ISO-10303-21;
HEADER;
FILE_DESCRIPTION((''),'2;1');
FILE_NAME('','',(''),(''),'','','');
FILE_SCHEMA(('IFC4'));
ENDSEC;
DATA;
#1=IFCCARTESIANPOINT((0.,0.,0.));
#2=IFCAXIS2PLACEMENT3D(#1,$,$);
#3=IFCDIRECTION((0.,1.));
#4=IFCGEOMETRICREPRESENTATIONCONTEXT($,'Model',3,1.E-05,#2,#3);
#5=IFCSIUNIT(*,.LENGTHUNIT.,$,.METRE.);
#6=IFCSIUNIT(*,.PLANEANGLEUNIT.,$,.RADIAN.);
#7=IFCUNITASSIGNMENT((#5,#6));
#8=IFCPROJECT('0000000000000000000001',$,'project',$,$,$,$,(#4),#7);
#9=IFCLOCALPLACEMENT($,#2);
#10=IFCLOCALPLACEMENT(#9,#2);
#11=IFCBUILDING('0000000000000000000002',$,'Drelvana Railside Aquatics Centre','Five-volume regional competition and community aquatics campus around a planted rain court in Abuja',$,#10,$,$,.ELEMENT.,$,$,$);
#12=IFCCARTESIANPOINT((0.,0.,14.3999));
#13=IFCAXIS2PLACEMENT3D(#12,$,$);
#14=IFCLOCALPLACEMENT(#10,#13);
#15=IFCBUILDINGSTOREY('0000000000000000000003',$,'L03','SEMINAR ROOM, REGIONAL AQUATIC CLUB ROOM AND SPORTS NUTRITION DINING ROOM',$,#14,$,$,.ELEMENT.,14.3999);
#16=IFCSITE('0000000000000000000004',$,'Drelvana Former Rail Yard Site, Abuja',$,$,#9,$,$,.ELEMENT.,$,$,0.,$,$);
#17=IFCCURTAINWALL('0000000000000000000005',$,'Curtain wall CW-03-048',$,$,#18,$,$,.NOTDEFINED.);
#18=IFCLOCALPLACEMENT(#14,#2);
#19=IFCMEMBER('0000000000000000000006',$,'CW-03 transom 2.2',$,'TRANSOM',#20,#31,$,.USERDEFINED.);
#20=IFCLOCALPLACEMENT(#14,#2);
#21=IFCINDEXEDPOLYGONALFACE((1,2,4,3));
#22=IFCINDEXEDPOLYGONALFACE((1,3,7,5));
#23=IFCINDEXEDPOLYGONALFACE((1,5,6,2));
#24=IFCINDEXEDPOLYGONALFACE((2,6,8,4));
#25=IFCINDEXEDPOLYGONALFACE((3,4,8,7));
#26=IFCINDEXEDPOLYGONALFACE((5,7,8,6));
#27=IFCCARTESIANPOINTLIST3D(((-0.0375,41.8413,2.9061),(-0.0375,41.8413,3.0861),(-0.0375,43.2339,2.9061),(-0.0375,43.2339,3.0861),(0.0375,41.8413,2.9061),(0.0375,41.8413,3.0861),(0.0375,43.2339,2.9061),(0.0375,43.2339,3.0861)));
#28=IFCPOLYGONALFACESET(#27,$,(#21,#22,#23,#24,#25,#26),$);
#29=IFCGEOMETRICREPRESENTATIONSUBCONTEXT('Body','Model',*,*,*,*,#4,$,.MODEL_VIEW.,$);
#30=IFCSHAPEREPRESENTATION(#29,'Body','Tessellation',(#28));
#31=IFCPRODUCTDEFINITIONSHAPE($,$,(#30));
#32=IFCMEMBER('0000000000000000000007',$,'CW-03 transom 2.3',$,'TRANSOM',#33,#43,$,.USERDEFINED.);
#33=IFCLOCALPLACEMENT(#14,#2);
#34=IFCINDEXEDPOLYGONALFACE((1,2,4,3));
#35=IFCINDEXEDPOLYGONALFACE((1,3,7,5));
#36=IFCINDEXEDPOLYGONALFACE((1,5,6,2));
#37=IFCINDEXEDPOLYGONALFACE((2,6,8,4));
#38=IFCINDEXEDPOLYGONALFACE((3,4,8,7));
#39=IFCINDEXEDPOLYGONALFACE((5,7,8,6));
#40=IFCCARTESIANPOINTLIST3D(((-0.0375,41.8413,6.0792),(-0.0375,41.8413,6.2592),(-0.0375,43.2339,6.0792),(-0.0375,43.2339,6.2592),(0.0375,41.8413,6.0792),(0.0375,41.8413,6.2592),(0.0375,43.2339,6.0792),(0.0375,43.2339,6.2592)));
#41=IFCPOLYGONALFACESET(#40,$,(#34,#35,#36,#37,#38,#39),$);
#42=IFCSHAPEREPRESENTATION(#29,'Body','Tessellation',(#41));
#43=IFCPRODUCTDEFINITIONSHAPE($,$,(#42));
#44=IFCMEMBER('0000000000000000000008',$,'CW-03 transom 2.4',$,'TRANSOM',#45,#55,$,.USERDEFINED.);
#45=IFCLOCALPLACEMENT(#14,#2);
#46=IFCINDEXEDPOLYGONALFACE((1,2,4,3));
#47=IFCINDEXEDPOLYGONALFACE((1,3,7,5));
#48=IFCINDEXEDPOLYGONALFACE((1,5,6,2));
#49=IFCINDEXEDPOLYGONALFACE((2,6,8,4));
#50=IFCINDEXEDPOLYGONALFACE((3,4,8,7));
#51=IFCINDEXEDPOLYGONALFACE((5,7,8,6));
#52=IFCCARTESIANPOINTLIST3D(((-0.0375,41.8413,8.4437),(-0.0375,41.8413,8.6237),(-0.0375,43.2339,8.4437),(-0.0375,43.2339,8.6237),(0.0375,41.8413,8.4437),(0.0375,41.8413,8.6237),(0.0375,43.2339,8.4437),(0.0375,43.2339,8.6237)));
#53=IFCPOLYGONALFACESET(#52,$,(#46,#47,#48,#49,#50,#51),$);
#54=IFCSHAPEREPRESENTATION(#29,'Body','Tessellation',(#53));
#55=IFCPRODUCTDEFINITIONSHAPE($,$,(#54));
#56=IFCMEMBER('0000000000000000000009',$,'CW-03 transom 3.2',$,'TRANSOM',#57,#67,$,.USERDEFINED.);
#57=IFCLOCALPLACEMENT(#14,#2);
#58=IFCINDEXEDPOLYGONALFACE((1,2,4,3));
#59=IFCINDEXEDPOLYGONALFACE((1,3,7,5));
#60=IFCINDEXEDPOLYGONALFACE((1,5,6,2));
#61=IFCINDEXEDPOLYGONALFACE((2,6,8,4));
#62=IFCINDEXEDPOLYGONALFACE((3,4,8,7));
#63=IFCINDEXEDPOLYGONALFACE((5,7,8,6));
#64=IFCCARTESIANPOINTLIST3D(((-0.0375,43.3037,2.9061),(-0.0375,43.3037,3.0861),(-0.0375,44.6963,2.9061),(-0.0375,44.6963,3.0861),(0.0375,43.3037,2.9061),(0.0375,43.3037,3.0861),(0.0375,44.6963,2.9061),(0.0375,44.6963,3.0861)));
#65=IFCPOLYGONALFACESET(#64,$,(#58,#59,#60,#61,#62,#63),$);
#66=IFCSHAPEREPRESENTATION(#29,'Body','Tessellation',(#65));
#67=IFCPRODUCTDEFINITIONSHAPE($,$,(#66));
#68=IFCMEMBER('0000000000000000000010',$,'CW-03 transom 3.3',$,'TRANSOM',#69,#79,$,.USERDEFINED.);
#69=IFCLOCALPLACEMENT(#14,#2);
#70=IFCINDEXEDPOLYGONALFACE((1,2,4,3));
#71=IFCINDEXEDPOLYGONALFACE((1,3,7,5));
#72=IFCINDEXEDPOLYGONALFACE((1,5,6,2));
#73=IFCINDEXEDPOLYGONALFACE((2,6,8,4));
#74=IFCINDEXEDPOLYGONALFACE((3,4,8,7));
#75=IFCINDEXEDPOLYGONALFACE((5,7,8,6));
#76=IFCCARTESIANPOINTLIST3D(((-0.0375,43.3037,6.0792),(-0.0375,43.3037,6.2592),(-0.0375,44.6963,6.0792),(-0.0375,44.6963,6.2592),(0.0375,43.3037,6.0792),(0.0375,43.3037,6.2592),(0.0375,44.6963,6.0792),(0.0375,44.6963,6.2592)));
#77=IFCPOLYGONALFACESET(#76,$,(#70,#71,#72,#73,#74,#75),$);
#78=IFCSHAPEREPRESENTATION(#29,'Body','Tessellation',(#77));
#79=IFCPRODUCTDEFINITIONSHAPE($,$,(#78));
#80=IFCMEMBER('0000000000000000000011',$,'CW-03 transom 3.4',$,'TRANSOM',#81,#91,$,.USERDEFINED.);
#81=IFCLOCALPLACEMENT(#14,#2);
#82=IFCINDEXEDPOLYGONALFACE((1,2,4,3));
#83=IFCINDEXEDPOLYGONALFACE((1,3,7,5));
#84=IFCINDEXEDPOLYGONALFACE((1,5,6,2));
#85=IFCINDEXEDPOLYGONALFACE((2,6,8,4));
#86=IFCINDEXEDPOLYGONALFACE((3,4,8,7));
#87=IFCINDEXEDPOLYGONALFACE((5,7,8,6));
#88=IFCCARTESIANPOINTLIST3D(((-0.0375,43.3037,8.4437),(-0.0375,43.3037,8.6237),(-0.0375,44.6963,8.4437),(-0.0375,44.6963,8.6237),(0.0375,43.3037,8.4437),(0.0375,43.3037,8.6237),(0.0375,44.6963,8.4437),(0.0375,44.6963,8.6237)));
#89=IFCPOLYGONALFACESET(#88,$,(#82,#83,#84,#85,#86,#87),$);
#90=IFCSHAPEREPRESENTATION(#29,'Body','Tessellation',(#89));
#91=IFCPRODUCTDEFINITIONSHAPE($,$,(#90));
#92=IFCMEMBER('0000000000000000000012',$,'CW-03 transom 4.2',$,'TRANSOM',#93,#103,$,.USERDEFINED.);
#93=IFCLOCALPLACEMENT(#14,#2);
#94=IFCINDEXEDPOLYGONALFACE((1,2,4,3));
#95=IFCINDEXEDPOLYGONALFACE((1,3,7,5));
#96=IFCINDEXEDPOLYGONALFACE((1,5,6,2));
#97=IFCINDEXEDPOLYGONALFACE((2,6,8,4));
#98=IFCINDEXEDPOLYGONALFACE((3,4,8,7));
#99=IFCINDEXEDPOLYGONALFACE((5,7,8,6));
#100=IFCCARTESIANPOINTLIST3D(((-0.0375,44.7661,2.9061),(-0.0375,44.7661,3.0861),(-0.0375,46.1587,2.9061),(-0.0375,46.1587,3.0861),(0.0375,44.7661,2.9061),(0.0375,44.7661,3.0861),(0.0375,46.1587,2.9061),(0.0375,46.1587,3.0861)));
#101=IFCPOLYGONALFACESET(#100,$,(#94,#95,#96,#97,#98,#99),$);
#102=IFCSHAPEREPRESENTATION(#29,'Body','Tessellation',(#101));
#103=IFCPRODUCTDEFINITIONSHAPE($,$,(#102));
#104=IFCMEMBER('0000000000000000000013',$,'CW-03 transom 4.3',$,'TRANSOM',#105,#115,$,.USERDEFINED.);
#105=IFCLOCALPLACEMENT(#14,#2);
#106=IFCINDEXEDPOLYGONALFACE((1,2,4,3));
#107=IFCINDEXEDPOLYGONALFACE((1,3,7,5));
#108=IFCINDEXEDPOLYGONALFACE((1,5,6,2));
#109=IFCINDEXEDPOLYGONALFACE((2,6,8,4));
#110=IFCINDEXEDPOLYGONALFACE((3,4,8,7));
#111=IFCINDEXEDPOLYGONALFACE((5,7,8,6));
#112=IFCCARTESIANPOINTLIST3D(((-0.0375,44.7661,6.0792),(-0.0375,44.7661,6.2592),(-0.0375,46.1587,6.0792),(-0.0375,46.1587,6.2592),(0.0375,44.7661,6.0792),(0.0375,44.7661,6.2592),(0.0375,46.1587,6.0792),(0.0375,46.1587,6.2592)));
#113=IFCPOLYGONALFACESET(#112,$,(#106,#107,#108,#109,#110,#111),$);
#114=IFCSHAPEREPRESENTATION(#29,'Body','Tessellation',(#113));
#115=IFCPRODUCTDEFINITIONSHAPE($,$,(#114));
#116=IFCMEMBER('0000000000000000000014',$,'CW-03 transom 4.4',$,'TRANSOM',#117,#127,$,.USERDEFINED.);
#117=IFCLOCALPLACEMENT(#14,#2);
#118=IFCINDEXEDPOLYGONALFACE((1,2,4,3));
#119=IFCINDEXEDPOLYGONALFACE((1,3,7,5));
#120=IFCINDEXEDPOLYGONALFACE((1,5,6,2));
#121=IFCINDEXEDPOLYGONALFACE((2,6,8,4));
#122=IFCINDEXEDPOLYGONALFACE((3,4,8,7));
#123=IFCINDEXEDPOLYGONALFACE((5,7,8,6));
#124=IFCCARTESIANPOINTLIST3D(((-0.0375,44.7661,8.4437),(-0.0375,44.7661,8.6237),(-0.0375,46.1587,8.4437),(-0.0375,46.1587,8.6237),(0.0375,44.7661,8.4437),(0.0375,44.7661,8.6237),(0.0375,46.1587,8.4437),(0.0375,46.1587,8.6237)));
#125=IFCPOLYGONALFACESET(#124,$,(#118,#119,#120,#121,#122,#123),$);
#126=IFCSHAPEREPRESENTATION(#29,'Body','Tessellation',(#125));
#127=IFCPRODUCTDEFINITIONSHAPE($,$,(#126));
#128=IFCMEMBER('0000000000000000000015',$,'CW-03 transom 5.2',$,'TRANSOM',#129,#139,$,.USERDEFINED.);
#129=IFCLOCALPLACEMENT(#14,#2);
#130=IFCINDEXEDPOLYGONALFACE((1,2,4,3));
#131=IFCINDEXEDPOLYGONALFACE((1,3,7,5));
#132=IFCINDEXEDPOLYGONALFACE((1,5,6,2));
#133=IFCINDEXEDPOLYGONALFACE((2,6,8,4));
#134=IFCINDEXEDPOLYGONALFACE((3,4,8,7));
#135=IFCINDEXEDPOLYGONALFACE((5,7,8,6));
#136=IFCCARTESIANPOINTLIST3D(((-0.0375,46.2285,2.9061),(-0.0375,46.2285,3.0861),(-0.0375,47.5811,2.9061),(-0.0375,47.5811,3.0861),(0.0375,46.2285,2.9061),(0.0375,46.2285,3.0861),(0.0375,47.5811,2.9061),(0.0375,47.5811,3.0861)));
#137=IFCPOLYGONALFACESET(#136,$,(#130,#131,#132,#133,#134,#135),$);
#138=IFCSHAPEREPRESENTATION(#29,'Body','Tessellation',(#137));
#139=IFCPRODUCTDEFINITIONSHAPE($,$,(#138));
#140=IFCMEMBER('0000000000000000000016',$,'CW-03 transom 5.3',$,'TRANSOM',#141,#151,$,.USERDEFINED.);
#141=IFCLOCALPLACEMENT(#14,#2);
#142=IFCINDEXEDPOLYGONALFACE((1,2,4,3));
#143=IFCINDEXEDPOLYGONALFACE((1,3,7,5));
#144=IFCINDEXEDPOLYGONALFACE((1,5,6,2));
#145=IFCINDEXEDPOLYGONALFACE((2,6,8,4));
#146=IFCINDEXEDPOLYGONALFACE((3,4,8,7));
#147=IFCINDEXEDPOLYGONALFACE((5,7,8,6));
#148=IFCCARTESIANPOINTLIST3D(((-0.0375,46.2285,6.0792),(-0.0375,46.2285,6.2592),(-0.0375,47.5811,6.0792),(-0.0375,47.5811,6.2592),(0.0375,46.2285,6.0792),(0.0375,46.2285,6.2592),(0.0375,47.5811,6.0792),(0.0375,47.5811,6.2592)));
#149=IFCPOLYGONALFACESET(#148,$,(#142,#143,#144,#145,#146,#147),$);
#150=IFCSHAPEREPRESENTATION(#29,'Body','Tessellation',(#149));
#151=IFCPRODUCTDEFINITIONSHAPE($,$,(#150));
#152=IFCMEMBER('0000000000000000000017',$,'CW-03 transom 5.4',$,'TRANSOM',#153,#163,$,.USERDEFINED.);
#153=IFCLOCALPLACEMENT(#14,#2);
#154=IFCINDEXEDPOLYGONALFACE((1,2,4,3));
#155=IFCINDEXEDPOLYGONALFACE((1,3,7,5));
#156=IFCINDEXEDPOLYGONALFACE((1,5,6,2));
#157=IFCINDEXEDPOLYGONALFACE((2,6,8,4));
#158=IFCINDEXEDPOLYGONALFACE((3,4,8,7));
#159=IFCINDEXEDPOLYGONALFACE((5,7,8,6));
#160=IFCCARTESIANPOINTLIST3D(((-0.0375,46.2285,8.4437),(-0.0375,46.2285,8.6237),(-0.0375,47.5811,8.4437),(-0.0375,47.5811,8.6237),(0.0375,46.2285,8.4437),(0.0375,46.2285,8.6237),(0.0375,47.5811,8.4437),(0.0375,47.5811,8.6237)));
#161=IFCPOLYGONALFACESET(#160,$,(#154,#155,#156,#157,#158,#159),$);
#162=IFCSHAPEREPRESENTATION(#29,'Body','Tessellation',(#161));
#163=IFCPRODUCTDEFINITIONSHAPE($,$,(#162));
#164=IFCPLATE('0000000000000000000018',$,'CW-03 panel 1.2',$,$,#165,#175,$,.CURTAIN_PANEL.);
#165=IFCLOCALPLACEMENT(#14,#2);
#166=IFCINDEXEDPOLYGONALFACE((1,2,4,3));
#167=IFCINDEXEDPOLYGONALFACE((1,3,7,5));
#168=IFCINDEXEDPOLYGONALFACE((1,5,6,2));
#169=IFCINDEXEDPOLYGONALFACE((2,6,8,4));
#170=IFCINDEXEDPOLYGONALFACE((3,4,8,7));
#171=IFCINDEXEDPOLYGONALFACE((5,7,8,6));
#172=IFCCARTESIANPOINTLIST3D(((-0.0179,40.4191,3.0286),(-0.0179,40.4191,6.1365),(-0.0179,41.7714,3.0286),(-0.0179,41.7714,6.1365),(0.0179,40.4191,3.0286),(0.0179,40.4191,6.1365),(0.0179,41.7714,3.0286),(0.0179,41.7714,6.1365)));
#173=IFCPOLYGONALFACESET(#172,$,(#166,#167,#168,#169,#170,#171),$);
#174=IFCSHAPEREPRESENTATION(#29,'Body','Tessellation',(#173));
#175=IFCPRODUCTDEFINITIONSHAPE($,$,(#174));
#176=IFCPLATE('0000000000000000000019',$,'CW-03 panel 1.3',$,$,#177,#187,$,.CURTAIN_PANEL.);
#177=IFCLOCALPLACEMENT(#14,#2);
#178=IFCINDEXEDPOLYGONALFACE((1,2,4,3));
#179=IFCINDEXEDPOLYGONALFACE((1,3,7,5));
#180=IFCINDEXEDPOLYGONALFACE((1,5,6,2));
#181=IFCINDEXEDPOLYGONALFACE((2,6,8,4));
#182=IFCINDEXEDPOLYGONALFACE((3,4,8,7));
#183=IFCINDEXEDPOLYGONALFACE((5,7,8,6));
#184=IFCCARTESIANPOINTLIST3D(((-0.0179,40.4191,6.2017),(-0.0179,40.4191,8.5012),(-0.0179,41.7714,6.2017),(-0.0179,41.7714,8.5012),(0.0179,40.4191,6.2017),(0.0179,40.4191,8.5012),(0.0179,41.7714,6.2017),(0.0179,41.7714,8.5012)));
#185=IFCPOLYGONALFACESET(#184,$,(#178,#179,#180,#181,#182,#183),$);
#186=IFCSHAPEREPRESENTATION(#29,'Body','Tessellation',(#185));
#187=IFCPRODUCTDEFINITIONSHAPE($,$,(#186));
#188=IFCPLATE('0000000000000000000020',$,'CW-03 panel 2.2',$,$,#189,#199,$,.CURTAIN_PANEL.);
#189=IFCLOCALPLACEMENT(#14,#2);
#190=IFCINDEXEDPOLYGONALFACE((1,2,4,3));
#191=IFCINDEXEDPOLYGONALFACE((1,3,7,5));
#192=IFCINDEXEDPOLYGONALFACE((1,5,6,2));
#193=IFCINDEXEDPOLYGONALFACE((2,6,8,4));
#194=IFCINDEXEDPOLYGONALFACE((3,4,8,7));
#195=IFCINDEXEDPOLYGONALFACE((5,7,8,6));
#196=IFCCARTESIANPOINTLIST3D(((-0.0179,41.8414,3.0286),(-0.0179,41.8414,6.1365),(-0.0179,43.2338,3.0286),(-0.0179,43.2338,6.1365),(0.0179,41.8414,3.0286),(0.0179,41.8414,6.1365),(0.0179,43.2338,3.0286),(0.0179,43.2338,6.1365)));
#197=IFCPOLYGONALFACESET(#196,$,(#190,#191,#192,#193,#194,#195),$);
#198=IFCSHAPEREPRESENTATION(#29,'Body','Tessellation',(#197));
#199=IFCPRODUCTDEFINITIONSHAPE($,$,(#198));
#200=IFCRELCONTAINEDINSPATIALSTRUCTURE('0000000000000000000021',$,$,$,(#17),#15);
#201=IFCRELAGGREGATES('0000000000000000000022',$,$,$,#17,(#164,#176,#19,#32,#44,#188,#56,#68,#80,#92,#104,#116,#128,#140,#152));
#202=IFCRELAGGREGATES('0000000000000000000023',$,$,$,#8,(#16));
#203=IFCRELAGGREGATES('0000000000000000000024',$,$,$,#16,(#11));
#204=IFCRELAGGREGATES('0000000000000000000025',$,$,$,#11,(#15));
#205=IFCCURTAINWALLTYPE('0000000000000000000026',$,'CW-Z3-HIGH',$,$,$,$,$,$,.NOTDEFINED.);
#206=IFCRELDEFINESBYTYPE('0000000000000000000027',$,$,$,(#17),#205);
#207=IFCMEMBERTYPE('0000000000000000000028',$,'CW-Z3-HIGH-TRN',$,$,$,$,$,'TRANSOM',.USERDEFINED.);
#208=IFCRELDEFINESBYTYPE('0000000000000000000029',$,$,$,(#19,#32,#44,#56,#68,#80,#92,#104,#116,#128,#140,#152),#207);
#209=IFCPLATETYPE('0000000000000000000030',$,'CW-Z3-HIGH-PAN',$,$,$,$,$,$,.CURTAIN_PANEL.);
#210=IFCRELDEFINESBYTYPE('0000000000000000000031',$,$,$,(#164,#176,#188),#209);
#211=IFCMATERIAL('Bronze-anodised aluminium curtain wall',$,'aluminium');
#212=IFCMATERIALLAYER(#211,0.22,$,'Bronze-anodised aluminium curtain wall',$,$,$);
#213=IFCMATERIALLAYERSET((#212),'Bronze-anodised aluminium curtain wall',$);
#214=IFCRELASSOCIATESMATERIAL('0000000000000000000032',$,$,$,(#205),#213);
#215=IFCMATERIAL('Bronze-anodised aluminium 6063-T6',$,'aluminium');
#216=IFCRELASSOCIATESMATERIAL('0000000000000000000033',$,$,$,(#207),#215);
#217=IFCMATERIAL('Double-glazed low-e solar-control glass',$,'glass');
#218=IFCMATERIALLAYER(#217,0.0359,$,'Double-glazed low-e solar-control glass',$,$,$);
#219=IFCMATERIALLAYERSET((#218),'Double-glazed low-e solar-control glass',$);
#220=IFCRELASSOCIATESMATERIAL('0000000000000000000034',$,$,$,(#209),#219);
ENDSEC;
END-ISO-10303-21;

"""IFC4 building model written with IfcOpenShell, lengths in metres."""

from ifc_helpers import new_model, si_unit, direction, frame, origin, origin_2d, place, context, subcontext, project, spatial, rectangle, extrude, material, layer, layer_set, material_profile, profile_set, type_object, element, aggregate, save


model = new_model("IFC4")

# Units and contexts
model_context = context("Model", 3, precision=1e-05, world=origin(), true_north=direction((0.0, 1.0)))
body_context = subcontext(model_context, "Body", "Model", "MODEL_VIEW")
ifc_project = project(units=[si_unit("LENGTHUNIT", "METRE"), si_unit("PLANEANGLEUNIT", "RADIAN")], contexts=[model_context])

# Site, building, storey
site_placement = place(None, origin())
site = spatial("IfcSite", under=ifc_project, at=site_placement, Name="Drelvana Former Rail Yard Site, Abuja", CompositionType="ELEMENT", RefElevation=0.0)
building_placement = place(site_placement, origin())
building = spatial("IfcBuilding", under=site, at=building_placement, Name="Drelvana Railside Aquatics Centre", Description="Five-volume regional competition and community aquatics campus around a planted rain court in Abuja", CompositionType="ELEMENT")
storey_placement = place(building_placement, frame((0.0, 0.0, 14.3999)))
storey = spatial("IfcBuildingStorey", under=building, at=storey_placement, Name="L03", Description="SEMINAR ROOM, REGIONAL AQUATIC CLUB ROOM AND SPORTS NUTRITION DINING ROOM", CompositionType="ELEMENT", Elevation=14.3999)

# Curtain wall, members, plates
ifc_material_1 = material(Name="Bronze-anodised aluminium curtain wall", Category="aluminium")
ifc_layer_1 = layer(ifc_material_1, 0.22, Name="Bronze-anodised aluminium curtain wall")
ifc_layer_set_1 = layer_set([ifc_layer_1], Name="Bronze-anodised aluminium curtain wall")
curtain_wall_type = type_object("IfcCurtainWallType", Name="CW-Z3-HIGH", PredefinedType="NOTDEFINED", material=ifc_layer_set_1)
curtain_wall_placement = place(storey_placement, origin())
curtain_wall = element("IfcCurtainWall", 1, at=curtain_wall_placement, inside=storey, type_object=curtain_wall_type, Name="Curtain wall CW-03-048", PredefinedType="NOTDEFINED")
ifc_material_2 = material(Name="Bronze-anodised aluminium 6063-T6", Category="aluminium")
ifc_material_profile = material_profile(ifc_material_2, rectangle(XDim=0.1799, YDim=0.075, at=origin_2d()), Name="ALU-T 75x180")
ifc_profile_set = profile_set([ifc_material_profile], Name="Bronze-anodised aluminium 6063-T6")
member_type = type_object("IfcMemberType", Name="CW-Z3-HIGH-TRN", ElementType="TRANSOM", PredefinedType="USERDEFINED", material=ifc_profile_set)
member_1_placement = place(storey_placement, frame((0.0, 41.8413, 2.9961), z_axis=(0.0, 1.0, 0.0), x_axis=(0.0, 0.0, 1.0)))
member_1 = element("IfcMember", 2, at=member_1_placement, type_object=member_type, Name="CW-03 transom 2.2", ObjectType="TRANSOM", PredefinedType="USERDEFINED", context=body_context, shape_type="SweptSolid", body=[
    extrude(rectangle(XDim=0.1799, YDim=0.075, at=origin_2d()), origin(), (0.0, 0.0, 1.0), 1.3926),
])
member_2_placement = place(storey_placement, frame((0.0, 41.8413, 6.1692), z_axis=(0.0, 1.0, 0.0), x_axis=(0.0, 0.0, 1.0)))
member_2 = element("IfcMember", 3, at=member_2_placement, type_object=member_type, Name="CW-03 transom 2.3", ObjectType="TRANSOM", PredefinedType="USERDEFINED", context=body_context, shape_type="SweptSolid", body=[
    extrude(rectangle(XDim=0.1799, YDim=0.075, at=origin_2d()), origin(), (0.0, 0.0, 1.0), 1.3926),
])
member_3_placement = place(storey_placement, frame((0.0, 41.8413, 8.5337), z_axis=(0.0, 1.0, 0.0), x_axis=(0.0, 0.0, 1.0)))
member_3 = element("IfcMember", 4, at=member_3_placement, type_object=member_type, Name="CW-03 transom 2.4", ObjectType="TRANSOM", PredefinedType="USERDEFINED", context=body_context, shape_type="SweptSolid", body=[
    extrude(rectangle(XDim=0.1799, YDim=0.075, at=origin_2d()), origin(), (0.0, 0.0, 1.0), 1.3926),
])
member_4_placement = place(storey_placement, frame((0.0, 43.3037, 2.9961), z_axis=(0.0, 1.0, 0.0), x_axis=(0.0, 0.0, 1.0)))
member_4 = element("IfcMember", 5, at=member_4_placement, type_object=member_type, Name="CW-03 transom 3.2", ObjectType="TRANSOM", PredefinedType="USERDEFINED", context=body_context, shape_type="SweptSolid", body=[
    extrude(rectangle(XDim=0.1799, YDim=0.075, at=origin_2d()), origin(), (0.0, 0.0, 1.0), 1.3926),
])
member_5_placement = place(storey_placement, frame((0.0, 43.3037, 6.1692), z_axis=(0.0, 1.0, 0.0), x_axis=(0.0, 0.0, 1.0)))
member_5 = element("IfcMember", 6, at=member_5_placement, type_object=member_type, Name="CW-03 transom 3.3", ObjectType="TRANSOM", PredefinedType="USERDEFINED", context=body_context, shape_type="SweptSolid", body=[
    extrude(rectangle(XDim=0.1799, YDim=0.075, at=origin_2d()), origin(), (0.0, 0.0, 1.0), 1.3926),
])
member_6_placement = place(storey_placement, frame((0.0, 43.3037, 8.5337), z_axis=(0.0, 1.0, 0.0), x_axis=(0.0, 0.0, 1.0)))
member_6 = element("IfcMember", 7, at=member_6_placement, type_object=member_type, Name="CW-03 transom 3.4", ObjectType="TRANSOM", PredefinedType="USERDEFINED", context=body_context, shape_type="SweptSolid", body=[
    extrude(rectangle(XDim=0.1799, YDim=0.075, at=origin_2d()), origin(), (0.0, 0.0, 1.0), 1.3926),
])
member_7_placement = place(storey_placement, frame((0.0, 44.7661, 2.9961), z_axis=(0.0, 1.0, 0.0), x_axis=(0.0, 0.0, 1.0)))
member_7 = element("IfcMember", 8, at=member_7_placement, type_object=member_type, Name="CW-03 transom 4.2", ObjectType="TRANSOM", PredefinedType="USERDEFINED", context=body_context, shape_type="SweptSolid", body=[
    extrude(rectangle(XDim=0.1799, YDim=0.075, at=origin_2d()), origin(), (0.0, 0.0, 1.0), 1.3926),
])
member_8_placement = place(storey_placement, frame((0.0, 44.7661, 6.1692), z_axis=(0.0, 1.0, 0.0), x_axis=(0.0, 0.0, 1.0)))
member_8 = element("IfcMember", 9, at=member_8_placement, type_object=member_type, Name="CW-03 transom 4.3", ObjectType="TRANSOM", PredefinedType="USERDEFINED", context=body_context, shape_type="SweptSolid", body=[
    extrude(rectangle(XDim=0.1799, YDim=0.075, at=origin_2d()), origin(), (0.0, 0.0, 1.0), 1.3926),
])
member_9_placement = place(storey_placement, frame((0.0, 44.7661, 8.5337), z_axis=(0.0, 1.0, 0.0), x_axis=(0.0, 0.0, 1.0)))
member_9 = element("IfcMember", 10, at=member_9_placement, type_object=member_type, Name="CW-03 transom 4.4", ObjectType="TRANSOM", PredefinedType="USERDEFINED", context=body_context, shape_type="SweptSolid", body=[
    extrude(rectangle(XDim=0.1799, YDim=0.075, at=origin_2d()), origin(), (0.0, 0.0, 1.0), 1.3926),
])
member_10_placement = place(storey_placement, frame((0.0, 46.2285, 2.9961), z_axis=(0.0, 1.0, 0.0), x_axis=(0.0, 0.0, 1.0)))
member_10 = element("IfcMember", 11, at=member_10_placement, type_object=member_type, Name="CW-03 transom 5.2", ObjectType="TRANSOM", PredefinedType="USERDEFINED", context=body_context, shape_type="SweptSolid", body=[
    extrude(rectangle(XDim=0.1799, YDim=0.075, at=origin_2d()), origin(), (0.0, 0.0, 1.0), 1.3525),
])
member_11_placement = place(storey_placement, frame((0.0, 46.2285, 6.1692), z_axis=(0.0, 1.0, 0.0), x_axis=(0.0, 0.0, 1.0)))
member_11 = element("IfcMember", 12, at=member_11_placement, type_object=member_type, Name="CW-03 transom 5.3", ObjectType="TRANSOM", PredefinedType="USERDEFINED", context=body_context, shape_type="SweptSolid", body=[
    extrude(rectangle(XDim=0.1799, YDim=0.075, at=origin_2d()), origin(), (0.0, 0.0, 1.0), 1.3525),
])
member_12_placement = place(storey_placement, frame((0.0, 46.2285, 8.5337), z_axis=(0.0, 1.0, 0.0), x_axis=(0.0, 0.0, 1.0)))
member_12 = element("IfcMember", 13, at=member_12_placement, type_object=member_type, Name="CW-03 transom 5.4", ObjectType="TRANSOM", PredefinedType="USERDEFINED", context=body_context, shape_type="SweptSolid", body=[
    extrude(rectangle(XDim=0.1799, YDim=0.075, at=origin_2d()), origin(), (0.0, 0.0, 1.0), 1.3525),
])
ifc_material_3 = material(Name="Double-glazed low-e solar-control glass", Category="glass")
ifc_layer_2 = layer(ifc_material_3, 0.0359, Name="Double-glazed low-e solar-control glass")
ifc_layer_set_2 = layer_set([ifc_layer_2], Name="Double-glazed low-e solar-control glass")
plate_type = type_object("IfcPlateType", Name="CW-Z3-HIGH-PAN", PredefinedType="CURTAIN_PANEL", material=ifc_layer_set_2)
plate_1_placement = place(storey_placement, frame((0.0, 41.0952, 3.0286), z_axis=(0.0, 0.0, 1.0), x_axis=(0.0, 1.0, 0.0)))
plate_1 = element("IfcPlate", 14, at=plate_1_placement, type_object=plate_type, Name="CW-03 panel 1.2", PredefinedType="CURTAIN_PANEL", context=body_context, shape_type="SweptSolid", body=[
    extrude(rectangle(XDim=1.3523, YDim=0.0359, at=origin_2d()), origin(), (0.0, 0.0, 1.0), 3.1079),
])
plate_2_placement = place(storey_placement, frame((0.0, 41.0952, 6.2017), z_axis=(0.0, 0.0, 1.0), x_axis=(0.0, 1.0, 0.0)))
plate_2 = element("IfcPlate", 15, at=plate_2_placement, type_object=plate_type, Name="CW-03 panel 1.3", PredefinedType="CURTAIN_PANEL", context=body_context, shape_type="SweptSolid", body=[
    extrude(rectangle(XDim=1.3523, YDim=0.0359, at=origin_2d()), origin(), (0.0, 0.0, 1.0), 2.2996),
])
plate_3_placement = place(storey_placement, frame((0.0, 42.5376, 3.0286), z_axis=(0.0, 0.0, 1.0), x_axis=(0.0, 1.0, 0.0)))
plate_3 = element("IfcPlate", 16, at=plate_3_placement, type_object=plate_type, Name="CW-03 panel 2.2", PredefinedType="CURTAIN_PANEL", context=body_context, shape_type="SweptSolid", body=[
    extrude(rectangle(XDim=1.3923, YDim=0.0359, at=origin_2d()), origin(), (0.0, 0.0, 1.0), 3.1079),
])
aggregate(curtain_wall, [plate_1, plate_2, member_1, member_2, member_3, plate_3, member_4, member_5, member_6, member_7, member_8, member_9, member_10, member_11, member_12])

save(model, "model.ifc")
